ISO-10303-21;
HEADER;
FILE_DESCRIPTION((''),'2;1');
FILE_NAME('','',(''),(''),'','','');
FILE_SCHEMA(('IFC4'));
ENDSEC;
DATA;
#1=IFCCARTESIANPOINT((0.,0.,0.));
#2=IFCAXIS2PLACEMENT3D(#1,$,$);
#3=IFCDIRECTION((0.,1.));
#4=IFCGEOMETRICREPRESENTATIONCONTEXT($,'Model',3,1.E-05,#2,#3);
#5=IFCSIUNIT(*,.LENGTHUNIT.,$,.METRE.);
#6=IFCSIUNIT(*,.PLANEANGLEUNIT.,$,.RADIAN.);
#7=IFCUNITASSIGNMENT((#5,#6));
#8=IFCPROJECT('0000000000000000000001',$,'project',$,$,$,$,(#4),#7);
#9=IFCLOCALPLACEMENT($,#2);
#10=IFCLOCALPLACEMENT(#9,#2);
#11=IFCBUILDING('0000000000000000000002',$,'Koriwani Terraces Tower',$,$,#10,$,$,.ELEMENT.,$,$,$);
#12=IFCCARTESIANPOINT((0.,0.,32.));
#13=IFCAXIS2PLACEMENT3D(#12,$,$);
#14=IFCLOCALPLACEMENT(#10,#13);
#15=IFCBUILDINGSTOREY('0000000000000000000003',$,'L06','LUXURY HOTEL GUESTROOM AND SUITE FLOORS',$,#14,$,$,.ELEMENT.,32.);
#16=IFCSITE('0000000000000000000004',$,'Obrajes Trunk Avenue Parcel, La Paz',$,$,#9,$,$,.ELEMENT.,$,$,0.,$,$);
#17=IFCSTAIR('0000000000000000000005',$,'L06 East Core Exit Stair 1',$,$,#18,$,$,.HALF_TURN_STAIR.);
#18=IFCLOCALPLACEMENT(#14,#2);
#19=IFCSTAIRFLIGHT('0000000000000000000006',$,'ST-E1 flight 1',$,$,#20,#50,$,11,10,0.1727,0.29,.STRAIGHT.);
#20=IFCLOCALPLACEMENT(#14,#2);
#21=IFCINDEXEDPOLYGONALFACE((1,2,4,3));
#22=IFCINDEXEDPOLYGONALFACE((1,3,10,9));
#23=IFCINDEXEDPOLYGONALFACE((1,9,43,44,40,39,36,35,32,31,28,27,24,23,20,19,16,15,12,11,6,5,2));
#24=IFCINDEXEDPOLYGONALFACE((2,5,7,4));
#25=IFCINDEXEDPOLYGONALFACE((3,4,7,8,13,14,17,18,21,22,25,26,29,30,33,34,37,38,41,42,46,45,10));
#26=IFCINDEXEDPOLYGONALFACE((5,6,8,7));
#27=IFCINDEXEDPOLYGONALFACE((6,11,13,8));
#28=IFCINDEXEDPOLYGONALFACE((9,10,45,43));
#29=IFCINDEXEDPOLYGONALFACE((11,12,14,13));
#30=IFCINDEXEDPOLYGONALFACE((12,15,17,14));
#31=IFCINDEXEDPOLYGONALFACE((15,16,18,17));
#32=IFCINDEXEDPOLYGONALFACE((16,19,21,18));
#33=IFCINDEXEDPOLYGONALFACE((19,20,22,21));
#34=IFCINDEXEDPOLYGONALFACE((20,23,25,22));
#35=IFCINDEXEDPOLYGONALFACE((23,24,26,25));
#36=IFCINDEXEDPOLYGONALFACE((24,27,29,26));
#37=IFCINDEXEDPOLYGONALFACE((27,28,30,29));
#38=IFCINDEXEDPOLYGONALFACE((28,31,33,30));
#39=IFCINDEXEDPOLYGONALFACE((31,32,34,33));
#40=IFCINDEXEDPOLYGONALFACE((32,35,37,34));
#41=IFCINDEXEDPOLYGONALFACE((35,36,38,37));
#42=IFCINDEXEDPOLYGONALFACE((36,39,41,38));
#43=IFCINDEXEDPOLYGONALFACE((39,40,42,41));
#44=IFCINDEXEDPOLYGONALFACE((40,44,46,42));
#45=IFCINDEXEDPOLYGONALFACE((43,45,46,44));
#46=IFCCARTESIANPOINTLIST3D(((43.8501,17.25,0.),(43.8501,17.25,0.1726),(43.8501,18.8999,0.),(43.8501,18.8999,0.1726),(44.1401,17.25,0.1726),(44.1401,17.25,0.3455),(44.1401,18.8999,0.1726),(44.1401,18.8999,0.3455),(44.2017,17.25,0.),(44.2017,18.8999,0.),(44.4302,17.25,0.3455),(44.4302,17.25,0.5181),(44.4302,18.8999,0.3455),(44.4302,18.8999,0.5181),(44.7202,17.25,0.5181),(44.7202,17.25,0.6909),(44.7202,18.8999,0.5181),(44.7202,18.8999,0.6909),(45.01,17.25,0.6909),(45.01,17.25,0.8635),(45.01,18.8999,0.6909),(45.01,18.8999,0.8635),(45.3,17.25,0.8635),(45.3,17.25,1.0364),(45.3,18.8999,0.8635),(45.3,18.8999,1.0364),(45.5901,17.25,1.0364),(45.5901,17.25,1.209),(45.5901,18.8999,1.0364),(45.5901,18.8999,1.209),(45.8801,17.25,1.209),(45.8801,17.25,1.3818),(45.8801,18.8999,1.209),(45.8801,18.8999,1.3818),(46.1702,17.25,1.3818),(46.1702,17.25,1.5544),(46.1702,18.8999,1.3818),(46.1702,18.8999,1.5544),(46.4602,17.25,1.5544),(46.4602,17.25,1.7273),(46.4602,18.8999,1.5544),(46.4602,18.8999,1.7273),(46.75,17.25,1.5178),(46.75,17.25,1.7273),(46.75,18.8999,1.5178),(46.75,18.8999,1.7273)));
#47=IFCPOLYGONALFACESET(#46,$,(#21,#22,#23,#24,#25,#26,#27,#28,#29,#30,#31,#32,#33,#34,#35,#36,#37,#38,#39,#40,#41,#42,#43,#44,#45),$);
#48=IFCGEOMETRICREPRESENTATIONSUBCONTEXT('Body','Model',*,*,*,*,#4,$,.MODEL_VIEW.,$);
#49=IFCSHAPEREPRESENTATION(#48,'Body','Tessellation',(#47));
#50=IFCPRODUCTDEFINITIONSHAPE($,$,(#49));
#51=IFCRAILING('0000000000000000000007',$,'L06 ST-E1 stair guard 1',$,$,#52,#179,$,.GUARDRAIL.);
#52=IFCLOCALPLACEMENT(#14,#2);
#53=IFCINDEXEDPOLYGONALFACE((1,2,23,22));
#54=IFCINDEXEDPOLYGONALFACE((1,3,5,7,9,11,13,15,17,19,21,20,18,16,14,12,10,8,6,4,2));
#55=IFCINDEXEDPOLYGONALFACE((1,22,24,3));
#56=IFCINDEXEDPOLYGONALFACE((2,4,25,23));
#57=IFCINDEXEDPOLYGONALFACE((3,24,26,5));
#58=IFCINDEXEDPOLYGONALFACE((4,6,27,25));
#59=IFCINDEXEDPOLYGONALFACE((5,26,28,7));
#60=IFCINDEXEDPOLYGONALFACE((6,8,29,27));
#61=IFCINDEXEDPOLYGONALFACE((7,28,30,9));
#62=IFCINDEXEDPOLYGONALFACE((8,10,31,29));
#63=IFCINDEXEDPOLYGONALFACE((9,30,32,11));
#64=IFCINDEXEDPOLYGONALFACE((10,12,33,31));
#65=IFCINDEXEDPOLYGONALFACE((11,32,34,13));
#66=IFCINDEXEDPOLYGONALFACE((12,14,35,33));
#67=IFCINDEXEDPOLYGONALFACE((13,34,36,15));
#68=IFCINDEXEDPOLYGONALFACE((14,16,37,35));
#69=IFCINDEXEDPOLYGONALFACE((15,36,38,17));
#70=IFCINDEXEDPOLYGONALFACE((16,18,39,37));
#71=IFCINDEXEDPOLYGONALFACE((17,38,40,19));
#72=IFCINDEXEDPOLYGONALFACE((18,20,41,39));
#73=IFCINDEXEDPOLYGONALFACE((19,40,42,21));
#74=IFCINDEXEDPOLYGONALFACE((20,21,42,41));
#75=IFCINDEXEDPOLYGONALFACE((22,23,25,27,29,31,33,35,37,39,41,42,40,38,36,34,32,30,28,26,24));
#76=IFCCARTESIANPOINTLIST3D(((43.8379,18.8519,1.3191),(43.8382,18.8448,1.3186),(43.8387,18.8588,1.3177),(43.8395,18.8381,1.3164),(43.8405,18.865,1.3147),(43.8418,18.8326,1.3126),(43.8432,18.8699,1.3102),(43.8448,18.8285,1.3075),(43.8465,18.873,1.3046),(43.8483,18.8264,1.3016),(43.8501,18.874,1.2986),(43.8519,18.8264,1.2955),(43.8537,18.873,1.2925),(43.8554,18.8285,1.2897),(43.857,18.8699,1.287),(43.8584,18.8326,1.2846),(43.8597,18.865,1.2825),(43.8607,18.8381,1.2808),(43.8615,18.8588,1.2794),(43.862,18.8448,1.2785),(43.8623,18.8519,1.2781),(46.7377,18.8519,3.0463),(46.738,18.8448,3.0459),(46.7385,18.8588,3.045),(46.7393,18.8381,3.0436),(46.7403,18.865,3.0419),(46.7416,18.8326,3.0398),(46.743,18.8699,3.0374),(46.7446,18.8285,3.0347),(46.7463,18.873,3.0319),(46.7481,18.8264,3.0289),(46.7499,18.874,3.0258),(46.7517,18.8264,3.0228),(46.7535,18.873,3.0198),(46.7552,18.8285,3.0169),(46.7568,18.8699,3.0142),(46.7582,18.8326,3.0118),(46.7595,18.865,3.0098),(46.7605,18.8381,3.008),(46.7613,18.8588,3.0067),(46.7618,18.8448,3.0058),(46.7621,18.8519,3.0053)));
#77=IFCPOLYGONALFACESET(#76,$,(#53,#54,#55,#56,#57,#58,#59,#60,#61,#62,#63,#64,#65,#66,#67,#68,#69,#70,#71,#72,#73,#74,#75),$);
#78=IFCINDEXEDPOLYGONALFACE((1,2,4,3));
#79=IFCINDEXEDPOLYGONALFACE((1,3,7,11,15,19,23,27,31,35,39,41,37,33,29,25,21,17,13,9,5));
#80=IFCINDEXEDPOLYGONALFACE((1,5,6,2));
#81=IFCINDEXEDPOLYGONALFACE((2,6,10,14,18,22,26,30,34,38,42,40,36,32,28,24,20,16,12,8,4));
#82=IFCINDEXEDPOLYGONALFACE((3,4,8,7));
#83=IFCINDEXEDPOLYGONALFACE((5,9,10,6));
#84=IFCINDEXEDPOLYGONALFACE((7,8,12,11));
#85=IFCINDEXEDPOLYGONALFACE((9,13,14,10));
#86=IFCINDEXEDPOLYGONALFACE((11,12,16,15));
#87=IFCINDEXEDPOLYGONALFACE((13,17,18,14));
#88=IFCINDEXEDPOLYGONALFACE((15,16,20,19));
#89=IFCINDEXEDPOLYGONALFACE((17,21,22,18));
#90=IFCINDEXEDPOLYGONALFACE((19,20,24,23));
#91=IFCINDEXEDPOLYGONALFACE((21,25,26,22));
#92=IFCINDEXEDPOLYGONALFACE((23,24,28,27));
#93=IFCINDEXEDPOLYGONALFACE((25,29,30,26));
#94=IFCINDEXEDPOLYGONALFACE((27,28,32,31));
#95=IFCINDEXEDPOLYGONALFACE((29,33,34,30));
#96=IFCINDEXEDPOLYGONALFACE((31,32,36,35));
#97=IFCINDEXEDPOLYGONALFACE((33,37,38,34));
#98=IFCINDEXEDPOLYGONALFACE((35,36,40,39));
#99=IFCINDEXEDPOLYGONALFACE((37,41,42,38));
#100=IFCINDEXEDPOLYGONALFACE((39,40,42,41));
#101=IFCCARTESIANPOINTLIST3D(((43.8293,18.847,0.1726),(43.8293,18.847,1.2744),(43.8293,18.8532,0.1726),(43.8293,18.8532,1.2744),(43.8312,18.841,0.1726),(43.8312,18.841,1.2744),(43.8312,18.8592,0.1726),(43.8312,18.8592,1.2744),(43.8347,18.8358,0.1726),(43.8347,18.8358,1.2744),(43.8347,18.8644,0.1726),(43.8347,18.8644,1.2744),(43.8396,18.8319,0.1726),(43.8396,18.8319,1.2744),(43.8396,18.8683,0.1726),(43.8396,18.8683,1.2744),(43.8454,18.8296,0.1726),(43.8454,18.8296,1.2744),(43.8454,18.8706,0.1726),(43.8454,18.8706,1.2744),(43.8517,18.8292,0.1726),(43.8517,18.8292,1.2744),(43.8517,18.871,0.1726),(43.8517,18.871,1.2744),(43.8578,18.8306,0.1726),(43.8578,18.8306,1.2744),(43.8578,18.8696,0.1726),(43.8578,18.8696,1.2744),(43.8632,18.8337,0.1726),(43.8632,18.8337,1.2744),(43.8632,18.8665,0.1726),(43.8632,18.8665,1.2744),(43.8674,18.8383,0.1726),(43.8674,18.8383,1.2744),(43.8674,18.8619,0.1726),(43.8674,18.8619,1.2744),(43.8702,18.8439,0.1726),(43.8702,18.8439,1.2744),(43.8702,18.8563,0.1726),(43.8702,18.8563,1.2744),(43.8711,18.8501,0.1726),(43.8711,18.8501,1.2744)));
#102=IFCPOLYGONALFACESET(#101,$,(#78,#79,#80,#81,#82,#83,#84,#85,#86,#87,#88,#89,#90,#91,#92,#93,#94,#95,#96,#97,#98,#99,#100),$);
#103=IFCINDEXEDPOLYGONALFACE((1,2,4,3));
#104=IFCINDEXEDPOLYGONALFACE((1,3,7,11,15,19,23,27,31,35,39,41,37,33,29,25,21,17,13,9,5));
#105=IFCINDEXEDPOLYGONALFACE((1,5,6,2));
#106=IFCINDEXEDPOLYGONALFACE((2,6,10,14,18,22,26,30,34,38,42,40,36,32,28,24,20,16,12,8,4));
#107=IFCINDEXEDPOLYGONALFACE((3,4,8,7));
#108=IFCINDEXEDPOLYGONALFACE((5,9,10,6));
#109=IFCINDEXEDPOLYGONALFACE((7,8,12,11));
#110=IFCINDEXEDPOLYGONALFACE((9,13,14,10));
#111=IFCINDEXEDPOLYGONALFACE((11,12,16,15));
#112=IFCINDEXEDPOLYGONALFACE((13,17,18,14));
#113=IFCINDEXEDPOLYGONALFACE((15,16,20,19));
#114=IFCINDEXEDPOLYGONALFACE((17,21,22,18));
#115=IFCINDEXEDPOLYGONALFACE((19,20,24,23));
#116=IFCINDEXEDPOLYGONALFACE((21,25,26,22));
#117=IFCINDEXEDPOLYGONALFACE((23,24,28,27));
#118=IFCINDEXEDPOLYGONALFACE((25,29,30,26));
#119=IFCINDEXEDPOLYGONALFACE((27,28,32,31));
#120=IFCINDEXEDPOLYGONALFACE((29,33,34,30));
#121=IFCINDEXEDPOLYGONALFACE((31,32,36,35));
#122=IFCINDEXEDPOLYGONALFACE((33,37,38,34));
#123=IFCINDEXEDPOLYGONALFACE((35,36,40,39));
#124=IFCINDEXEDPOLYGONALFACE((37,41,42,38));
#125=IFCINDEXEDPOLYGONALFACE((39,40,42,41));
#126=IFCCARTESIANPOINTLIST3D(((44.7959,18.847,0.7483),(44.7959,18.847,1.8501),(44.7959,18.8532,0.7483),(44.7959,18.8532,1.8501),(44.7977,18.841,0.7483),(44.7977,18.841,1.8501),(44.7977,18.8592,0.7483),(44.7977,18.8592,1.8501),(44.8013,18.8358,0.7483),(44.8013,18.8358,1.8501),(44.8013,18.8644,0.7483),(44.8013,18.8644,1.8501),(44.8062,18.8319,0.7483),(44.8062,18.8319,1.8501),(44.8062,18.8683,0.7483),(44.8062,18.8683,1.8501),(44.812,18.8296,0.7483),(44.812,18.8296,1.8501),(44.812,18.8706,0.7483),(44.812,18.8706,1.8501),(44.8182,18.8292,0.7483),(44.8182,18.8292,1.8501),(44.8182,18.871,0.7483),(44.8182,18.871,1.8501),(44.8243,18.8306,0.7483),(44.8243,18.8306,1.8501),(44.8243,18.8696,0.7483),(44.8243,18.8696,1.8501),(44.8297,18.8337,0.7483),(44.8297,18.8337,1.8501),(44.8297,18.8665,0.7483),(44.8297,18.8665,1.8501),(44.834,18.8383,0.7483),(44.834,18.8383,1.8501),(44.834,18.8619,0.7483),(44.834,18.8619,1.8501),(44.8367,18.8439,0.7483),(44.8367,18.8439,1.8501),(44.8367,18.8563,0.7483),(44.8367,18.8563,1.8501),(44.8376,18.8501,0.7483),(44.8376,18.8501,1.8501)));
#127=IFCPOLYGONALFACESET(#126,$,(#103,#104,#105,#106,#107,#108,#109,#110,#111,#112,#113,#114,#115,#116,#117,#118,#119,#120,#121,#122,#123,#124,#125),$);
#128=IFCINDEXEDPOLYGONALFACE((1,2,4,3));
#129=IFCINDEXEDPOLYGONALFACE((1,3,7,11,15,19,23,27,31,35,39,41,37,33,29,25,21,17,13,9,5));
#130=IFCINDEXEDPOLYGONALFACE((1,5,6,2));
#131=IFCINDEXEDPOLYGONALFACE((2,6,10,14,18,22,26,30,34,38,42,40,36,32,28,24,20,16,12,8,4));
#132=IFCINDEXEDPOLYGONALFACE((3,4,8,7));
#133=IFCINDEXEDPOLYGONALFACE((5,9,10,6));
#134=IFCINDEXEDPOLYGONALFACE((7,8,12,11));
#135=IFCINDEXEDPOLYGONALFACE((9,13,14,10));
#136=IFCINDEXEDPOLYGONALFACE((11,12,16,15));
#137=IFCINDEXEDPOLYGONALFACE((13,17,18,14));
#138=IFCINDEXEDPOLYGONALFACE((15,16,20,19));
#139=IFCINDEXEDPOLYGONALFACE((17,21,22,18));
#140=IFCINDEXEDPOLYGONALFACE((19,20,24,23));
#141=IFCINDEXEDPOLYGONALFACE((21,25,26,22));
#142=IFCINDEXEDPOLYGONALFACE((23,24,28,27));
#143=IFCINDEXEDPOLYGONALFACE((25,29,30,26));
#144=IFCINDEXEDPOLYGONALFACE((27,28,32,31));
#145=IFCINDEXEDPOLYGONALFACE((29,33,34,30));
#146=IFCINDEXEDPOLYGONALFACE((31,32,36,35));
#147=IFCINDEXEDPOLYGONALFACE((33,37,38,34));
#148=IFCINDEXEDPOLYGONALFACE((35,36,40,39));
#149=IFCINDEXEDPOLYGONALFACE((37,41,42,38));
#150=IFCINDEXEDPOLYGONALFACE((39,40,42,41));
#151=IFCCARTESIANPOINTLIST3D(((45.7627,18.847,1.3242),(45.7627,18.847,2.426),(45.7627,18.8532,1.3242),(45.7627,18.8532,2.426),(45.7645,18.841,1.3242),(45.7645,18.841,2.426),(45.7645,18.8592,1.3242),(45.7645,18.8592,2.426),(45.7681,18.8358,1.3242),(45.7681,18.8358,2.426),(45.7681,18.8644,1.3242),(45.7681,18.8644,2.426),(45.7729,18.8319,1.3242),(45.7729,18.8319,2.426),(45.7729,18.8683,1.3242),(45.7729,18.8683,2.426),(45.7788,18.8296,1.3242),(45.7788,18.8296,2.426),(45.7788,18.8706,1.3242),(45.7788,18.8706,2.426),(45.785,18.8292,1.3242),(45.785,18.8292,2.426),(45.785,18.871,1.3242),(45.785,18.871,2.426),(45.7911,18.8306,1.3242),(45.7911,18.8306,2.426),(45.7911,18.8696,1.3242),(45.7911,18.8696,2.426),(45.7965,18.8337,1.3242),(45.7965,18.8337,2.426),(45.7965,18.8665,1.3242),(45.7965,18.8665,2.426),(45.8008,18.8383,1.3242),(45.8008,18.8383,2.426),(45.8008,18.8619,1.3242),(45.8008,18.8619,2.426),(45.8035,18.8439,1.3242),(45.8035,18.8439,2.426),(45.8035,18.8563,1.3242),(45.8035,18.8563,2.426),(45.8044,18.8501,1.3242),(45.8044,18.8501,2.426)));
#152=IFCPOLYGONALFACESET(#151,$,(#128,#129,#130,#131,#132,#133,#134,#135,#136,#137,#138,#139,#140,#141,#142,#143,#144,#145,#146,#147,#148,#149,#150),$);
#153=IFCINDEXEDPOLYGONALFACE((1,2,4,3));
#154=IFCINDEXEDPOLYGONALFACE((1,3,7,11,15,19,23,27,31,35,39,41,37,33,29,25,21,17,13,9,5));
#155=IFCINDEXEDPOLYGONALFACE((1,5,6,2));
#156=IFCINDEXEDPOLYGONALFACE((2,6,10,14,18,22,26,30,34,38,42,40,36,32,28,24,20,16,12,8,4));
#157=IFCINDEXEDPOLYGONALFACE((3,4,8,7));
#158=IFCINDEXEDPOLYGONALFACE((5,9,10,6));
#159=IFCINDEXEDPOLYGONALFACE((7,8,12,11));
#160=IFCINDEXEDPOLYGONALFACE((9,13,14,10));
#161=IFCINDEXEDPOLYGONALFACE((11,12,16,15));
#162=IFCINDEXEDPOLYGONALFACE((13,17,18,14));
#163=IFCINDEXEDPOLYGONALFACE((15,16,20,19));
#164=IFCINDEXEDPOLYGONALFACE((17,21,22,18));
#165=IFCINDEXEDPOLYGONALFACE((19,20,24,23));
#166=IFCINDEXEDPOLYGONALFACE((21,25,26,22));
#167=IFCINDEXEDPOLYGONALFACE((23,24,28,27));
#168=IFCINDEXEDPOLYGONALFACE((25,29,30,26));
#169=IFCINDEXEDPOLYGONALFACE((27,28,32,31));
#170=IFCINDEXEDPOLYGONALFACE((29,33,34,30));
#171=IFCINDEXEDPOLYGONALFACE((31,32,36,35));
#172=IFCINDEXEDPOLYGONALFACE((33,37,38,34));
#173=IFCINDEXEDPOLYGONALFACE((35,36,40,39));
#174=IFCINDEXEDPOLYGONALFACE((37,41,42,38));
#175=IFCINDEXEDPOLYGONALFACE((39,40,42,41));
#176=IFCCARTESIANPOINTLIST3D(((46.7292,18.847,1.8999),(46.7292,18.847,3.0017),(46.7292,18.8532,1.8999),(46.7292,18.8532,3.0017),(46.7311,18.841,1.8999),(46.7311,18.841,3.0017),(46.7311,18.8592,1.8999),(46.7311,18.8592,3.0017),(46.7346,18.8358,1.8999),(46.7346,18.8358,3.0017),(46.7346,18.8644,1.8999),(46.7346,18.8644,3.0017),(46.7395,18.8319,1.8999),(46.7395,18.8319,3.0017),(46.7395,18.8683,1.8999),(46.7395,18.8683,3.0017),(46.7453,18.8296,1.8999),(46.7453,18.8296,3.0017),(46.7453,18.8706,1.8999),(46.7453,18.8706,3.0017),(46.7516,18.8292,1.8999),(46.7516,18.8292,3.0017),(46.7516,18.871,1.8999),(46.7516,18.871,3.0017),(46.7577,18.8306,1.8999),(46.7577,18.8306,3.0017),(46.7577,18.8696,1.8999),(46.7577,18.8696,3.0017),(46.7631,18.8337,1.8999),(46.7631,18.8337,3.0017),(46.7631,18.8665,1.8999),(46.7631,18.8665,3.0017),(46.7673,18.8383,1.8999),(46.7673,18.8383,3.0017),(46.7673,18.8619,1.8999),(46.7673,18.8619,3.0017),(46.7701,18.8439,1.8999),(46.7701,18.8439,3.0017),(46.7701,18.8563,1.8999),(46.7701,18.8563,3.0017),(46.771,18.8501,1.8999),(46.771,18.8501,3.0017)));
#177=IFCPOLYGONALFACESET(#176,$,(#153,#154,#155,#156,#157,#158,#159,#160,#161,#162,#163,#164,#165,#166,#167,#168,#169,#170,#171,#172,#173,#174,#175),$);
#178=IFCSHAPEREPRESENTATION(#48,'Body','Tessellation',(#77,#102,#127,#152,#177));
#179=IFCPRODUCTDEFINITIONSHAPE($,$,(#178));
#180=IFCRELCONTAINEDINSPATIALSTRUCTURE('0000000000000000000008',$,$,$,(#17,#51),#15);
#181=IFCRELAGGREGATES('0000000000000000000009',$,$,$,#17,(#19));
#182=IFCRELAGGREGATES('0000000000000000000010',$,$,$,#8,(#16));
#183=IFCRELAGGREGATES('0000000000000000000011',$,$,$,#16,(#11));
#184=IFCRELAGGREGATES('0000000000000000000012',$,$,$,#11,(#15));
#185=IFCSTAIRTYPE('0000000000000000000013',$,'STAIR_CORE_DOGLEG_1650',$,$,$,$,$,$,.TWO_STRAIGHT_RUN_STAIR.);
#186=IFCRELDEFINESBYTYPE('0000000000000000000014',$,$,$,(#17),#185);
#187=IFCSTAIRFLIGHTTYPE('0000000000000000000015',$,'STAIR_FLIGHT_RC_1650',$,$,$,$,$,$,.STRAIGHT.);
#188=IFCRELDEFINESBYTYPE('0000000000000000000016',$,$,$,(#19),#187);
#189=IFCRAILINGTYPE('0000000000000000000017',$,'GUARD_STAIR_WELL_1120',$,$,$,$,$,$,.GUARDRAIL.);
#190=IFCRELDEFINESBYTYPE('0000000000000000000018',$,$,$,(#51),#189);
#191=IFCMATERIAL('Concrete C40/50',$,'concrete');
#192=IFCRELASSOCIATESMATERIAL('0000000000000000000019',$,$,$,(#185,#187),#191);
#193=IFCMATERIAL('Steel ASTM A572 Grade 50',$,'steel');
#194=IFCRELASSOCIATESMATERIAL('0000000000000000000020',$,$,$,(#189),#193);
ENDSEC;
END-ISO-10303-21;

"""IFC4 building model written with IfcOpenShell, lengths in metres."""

from ifc_helpers import new_model, si_unit, direction, frame, origin, origin_2d, place, context, subcontext, project, spatial, polyline, circle, outline, extrude, material, type_object, element, aggregate, save


model = new_model("IFC4")

# Units and contexts
model_context = context("Model", 3, precision=1e-05, world=origin(), true_north=direction((0.0, 1.0)))
body_context = subcontext(model_context, "Body", "Model", "MODEL_VIEW")
ifc_project = project(units=[si_unit("LENGTHUNIT", "METRE"), si_unit("PLANEANGLEUNIT", "RADIAN")], contexts=[model_context])

# Site, building, storey
site_placement = place(None, origin())
site = spatial("IfcSite", under=ifc_project, at=site_placement, Name="Obrajes Trunk Avenue Parcel, La Paz", CompositionType="ELEMENT", RefElevation=0.0)
building_placement = place(site_placement, origin())
building = spatial("IfcBuilding", under=site, at=building_placement, Name="Koriwani Terraces Tower", CompositionType="ELEMENT")
storey_placement = place(building_placement, frame((0.0, 0.0, 32.0)))
storey = spatial("IfcBuildingStorey", under=building, at=storey_placement, Name="L06", Description="LUXURY HOTEL GUESTROOM AND SUITE FLOORS", CompositionType="ELEMENT", Elevation=32.0)

# Shared definitions
ifc_material_1 = material(Name="Concrete C40/50", Category="concrete")
ifc_material_2 = material(Name="Steel ASTM A572 Grade 50", Category="steel")

# Stair, stair flight
stair_type = type_object("IfcStairType", Name="STAIR_CORE_DOGLEG_1650", PredefinedType="TWO_STRAIGHT_RUN_STAIR", material=ifc_material_1)
stair_placement = place(storey_placement, origin())
stair = element("IfcStair", 1, at=stair_placement, inside=storey, type_object=stair_type, Name="L06 East Core Exit Stair 1", PredefinedType="HALF_TURN_STAIR")
stair_flight_type = type_object("IfcStairFlightType", Name="STAIR_FLIGHT_RC_1650", PredefinedType="STRAIGHT", material=ifc_material_1)
stair_flight_placement = place(storey_placement, frame((43.8501, 18.075, 0.0), z_axis=(0.0, 0.0, 1.0), x_axis=(1.0, 0.0, 0.0)))
stair_flight = element("IfcStairFlight", 2, at=stair_flight_placement, type_object=stair_flight_type, Name="ST-E1 flight 1", NumberOfRisers=11, NumberOfTreads=10, PredefinedType="STRAIGHT", RiserHeight=0.1727, TreadLength=0.29, context=body_context, shape_type="SweptSolid", body=[
    extrude(outline(polyline([(0.0, 0.0), (0.0, 0.1726), (0.29, 0.1726), (0.29, 0.3455), (0.5801, 0.3455), (0.5801, 0.5181), (0.8701, 0.5181), (0.8701, 0.6909), (1.1599, 0.6909), (1.1599, 0.8635), (1.45, 0.8635), (1.45, 1.0364), (1.74, 1.0364), (1.74, 1.209), (2.03, 1.209), (2.03, 1.3818), (2.3201, 1.3818), (2.3201, 1.5544), (2.6101, 1.5544), (2.6101, 1.7273), (2.8999, 1.7273), (2.8999, 1.8999), (2.8999, 1.5178), (0.3516, 0.0), (0.0, 0.0)])), frame((0.0, 0.825, 0.0), z_axis=(0.0, -1.0, 0.0), x_axis=(1.0, 0.0, 0.0)), (0.0, 0.0, 1.0), 1.6499),
])
aggregate(stair, [stair_flight])

# Railing
railing_type_1 = type_object("IfcRailingType", Name="GUARD_STAIR_WELL_1120", PredefinedType="GUARDRAIL", material=ifc_material_2)
railing_1_placement = place(storey_placement, frame((43.8501, 18.8501, 0.1726)))
element("IfcRailing", 3, at=railing_1_placement, inside=storey, type_object=railing_type_1, Name="L06 ST-E1 stair guard 1", PredefinedType="GUARDRAIL", context=body_context, shape_type="SweptSolid", body=[
    extrude(circle(Radius=0.0239, at=origin_2d()), frame((0.0, 0.0, 1.126), z_axis=(0.859141, 0.0, 0.511738), x_axis=(0.0, 1.0, 0.0)), (0.0, 0.0, 1.0), 3.3752),
    extrude(circle(Radius=0.021, at=origin_2d()), origin(), (0.0, 0.0, 1.0), 1.1018),
    extrude(circle(Radius=0.021, at=origin_2d()), frame((0.9666, 0.0, 0.5757)), (0.0, 0.0, 1.0), 1.1018),
    extrude(circle(Radius=0.021, at=origin_2d()), frame((1.9333, 0.0, 1.1516)), (0.0, 0.0, 1.0), 1.1018),
    extrude(circle(Radius=0.021, at=origin_2d()), frame((2.8999, 0.0, 1.7273)), (0.0, 0.0, 1.0), 1.1018),
])

save(model, "model.ifc")
